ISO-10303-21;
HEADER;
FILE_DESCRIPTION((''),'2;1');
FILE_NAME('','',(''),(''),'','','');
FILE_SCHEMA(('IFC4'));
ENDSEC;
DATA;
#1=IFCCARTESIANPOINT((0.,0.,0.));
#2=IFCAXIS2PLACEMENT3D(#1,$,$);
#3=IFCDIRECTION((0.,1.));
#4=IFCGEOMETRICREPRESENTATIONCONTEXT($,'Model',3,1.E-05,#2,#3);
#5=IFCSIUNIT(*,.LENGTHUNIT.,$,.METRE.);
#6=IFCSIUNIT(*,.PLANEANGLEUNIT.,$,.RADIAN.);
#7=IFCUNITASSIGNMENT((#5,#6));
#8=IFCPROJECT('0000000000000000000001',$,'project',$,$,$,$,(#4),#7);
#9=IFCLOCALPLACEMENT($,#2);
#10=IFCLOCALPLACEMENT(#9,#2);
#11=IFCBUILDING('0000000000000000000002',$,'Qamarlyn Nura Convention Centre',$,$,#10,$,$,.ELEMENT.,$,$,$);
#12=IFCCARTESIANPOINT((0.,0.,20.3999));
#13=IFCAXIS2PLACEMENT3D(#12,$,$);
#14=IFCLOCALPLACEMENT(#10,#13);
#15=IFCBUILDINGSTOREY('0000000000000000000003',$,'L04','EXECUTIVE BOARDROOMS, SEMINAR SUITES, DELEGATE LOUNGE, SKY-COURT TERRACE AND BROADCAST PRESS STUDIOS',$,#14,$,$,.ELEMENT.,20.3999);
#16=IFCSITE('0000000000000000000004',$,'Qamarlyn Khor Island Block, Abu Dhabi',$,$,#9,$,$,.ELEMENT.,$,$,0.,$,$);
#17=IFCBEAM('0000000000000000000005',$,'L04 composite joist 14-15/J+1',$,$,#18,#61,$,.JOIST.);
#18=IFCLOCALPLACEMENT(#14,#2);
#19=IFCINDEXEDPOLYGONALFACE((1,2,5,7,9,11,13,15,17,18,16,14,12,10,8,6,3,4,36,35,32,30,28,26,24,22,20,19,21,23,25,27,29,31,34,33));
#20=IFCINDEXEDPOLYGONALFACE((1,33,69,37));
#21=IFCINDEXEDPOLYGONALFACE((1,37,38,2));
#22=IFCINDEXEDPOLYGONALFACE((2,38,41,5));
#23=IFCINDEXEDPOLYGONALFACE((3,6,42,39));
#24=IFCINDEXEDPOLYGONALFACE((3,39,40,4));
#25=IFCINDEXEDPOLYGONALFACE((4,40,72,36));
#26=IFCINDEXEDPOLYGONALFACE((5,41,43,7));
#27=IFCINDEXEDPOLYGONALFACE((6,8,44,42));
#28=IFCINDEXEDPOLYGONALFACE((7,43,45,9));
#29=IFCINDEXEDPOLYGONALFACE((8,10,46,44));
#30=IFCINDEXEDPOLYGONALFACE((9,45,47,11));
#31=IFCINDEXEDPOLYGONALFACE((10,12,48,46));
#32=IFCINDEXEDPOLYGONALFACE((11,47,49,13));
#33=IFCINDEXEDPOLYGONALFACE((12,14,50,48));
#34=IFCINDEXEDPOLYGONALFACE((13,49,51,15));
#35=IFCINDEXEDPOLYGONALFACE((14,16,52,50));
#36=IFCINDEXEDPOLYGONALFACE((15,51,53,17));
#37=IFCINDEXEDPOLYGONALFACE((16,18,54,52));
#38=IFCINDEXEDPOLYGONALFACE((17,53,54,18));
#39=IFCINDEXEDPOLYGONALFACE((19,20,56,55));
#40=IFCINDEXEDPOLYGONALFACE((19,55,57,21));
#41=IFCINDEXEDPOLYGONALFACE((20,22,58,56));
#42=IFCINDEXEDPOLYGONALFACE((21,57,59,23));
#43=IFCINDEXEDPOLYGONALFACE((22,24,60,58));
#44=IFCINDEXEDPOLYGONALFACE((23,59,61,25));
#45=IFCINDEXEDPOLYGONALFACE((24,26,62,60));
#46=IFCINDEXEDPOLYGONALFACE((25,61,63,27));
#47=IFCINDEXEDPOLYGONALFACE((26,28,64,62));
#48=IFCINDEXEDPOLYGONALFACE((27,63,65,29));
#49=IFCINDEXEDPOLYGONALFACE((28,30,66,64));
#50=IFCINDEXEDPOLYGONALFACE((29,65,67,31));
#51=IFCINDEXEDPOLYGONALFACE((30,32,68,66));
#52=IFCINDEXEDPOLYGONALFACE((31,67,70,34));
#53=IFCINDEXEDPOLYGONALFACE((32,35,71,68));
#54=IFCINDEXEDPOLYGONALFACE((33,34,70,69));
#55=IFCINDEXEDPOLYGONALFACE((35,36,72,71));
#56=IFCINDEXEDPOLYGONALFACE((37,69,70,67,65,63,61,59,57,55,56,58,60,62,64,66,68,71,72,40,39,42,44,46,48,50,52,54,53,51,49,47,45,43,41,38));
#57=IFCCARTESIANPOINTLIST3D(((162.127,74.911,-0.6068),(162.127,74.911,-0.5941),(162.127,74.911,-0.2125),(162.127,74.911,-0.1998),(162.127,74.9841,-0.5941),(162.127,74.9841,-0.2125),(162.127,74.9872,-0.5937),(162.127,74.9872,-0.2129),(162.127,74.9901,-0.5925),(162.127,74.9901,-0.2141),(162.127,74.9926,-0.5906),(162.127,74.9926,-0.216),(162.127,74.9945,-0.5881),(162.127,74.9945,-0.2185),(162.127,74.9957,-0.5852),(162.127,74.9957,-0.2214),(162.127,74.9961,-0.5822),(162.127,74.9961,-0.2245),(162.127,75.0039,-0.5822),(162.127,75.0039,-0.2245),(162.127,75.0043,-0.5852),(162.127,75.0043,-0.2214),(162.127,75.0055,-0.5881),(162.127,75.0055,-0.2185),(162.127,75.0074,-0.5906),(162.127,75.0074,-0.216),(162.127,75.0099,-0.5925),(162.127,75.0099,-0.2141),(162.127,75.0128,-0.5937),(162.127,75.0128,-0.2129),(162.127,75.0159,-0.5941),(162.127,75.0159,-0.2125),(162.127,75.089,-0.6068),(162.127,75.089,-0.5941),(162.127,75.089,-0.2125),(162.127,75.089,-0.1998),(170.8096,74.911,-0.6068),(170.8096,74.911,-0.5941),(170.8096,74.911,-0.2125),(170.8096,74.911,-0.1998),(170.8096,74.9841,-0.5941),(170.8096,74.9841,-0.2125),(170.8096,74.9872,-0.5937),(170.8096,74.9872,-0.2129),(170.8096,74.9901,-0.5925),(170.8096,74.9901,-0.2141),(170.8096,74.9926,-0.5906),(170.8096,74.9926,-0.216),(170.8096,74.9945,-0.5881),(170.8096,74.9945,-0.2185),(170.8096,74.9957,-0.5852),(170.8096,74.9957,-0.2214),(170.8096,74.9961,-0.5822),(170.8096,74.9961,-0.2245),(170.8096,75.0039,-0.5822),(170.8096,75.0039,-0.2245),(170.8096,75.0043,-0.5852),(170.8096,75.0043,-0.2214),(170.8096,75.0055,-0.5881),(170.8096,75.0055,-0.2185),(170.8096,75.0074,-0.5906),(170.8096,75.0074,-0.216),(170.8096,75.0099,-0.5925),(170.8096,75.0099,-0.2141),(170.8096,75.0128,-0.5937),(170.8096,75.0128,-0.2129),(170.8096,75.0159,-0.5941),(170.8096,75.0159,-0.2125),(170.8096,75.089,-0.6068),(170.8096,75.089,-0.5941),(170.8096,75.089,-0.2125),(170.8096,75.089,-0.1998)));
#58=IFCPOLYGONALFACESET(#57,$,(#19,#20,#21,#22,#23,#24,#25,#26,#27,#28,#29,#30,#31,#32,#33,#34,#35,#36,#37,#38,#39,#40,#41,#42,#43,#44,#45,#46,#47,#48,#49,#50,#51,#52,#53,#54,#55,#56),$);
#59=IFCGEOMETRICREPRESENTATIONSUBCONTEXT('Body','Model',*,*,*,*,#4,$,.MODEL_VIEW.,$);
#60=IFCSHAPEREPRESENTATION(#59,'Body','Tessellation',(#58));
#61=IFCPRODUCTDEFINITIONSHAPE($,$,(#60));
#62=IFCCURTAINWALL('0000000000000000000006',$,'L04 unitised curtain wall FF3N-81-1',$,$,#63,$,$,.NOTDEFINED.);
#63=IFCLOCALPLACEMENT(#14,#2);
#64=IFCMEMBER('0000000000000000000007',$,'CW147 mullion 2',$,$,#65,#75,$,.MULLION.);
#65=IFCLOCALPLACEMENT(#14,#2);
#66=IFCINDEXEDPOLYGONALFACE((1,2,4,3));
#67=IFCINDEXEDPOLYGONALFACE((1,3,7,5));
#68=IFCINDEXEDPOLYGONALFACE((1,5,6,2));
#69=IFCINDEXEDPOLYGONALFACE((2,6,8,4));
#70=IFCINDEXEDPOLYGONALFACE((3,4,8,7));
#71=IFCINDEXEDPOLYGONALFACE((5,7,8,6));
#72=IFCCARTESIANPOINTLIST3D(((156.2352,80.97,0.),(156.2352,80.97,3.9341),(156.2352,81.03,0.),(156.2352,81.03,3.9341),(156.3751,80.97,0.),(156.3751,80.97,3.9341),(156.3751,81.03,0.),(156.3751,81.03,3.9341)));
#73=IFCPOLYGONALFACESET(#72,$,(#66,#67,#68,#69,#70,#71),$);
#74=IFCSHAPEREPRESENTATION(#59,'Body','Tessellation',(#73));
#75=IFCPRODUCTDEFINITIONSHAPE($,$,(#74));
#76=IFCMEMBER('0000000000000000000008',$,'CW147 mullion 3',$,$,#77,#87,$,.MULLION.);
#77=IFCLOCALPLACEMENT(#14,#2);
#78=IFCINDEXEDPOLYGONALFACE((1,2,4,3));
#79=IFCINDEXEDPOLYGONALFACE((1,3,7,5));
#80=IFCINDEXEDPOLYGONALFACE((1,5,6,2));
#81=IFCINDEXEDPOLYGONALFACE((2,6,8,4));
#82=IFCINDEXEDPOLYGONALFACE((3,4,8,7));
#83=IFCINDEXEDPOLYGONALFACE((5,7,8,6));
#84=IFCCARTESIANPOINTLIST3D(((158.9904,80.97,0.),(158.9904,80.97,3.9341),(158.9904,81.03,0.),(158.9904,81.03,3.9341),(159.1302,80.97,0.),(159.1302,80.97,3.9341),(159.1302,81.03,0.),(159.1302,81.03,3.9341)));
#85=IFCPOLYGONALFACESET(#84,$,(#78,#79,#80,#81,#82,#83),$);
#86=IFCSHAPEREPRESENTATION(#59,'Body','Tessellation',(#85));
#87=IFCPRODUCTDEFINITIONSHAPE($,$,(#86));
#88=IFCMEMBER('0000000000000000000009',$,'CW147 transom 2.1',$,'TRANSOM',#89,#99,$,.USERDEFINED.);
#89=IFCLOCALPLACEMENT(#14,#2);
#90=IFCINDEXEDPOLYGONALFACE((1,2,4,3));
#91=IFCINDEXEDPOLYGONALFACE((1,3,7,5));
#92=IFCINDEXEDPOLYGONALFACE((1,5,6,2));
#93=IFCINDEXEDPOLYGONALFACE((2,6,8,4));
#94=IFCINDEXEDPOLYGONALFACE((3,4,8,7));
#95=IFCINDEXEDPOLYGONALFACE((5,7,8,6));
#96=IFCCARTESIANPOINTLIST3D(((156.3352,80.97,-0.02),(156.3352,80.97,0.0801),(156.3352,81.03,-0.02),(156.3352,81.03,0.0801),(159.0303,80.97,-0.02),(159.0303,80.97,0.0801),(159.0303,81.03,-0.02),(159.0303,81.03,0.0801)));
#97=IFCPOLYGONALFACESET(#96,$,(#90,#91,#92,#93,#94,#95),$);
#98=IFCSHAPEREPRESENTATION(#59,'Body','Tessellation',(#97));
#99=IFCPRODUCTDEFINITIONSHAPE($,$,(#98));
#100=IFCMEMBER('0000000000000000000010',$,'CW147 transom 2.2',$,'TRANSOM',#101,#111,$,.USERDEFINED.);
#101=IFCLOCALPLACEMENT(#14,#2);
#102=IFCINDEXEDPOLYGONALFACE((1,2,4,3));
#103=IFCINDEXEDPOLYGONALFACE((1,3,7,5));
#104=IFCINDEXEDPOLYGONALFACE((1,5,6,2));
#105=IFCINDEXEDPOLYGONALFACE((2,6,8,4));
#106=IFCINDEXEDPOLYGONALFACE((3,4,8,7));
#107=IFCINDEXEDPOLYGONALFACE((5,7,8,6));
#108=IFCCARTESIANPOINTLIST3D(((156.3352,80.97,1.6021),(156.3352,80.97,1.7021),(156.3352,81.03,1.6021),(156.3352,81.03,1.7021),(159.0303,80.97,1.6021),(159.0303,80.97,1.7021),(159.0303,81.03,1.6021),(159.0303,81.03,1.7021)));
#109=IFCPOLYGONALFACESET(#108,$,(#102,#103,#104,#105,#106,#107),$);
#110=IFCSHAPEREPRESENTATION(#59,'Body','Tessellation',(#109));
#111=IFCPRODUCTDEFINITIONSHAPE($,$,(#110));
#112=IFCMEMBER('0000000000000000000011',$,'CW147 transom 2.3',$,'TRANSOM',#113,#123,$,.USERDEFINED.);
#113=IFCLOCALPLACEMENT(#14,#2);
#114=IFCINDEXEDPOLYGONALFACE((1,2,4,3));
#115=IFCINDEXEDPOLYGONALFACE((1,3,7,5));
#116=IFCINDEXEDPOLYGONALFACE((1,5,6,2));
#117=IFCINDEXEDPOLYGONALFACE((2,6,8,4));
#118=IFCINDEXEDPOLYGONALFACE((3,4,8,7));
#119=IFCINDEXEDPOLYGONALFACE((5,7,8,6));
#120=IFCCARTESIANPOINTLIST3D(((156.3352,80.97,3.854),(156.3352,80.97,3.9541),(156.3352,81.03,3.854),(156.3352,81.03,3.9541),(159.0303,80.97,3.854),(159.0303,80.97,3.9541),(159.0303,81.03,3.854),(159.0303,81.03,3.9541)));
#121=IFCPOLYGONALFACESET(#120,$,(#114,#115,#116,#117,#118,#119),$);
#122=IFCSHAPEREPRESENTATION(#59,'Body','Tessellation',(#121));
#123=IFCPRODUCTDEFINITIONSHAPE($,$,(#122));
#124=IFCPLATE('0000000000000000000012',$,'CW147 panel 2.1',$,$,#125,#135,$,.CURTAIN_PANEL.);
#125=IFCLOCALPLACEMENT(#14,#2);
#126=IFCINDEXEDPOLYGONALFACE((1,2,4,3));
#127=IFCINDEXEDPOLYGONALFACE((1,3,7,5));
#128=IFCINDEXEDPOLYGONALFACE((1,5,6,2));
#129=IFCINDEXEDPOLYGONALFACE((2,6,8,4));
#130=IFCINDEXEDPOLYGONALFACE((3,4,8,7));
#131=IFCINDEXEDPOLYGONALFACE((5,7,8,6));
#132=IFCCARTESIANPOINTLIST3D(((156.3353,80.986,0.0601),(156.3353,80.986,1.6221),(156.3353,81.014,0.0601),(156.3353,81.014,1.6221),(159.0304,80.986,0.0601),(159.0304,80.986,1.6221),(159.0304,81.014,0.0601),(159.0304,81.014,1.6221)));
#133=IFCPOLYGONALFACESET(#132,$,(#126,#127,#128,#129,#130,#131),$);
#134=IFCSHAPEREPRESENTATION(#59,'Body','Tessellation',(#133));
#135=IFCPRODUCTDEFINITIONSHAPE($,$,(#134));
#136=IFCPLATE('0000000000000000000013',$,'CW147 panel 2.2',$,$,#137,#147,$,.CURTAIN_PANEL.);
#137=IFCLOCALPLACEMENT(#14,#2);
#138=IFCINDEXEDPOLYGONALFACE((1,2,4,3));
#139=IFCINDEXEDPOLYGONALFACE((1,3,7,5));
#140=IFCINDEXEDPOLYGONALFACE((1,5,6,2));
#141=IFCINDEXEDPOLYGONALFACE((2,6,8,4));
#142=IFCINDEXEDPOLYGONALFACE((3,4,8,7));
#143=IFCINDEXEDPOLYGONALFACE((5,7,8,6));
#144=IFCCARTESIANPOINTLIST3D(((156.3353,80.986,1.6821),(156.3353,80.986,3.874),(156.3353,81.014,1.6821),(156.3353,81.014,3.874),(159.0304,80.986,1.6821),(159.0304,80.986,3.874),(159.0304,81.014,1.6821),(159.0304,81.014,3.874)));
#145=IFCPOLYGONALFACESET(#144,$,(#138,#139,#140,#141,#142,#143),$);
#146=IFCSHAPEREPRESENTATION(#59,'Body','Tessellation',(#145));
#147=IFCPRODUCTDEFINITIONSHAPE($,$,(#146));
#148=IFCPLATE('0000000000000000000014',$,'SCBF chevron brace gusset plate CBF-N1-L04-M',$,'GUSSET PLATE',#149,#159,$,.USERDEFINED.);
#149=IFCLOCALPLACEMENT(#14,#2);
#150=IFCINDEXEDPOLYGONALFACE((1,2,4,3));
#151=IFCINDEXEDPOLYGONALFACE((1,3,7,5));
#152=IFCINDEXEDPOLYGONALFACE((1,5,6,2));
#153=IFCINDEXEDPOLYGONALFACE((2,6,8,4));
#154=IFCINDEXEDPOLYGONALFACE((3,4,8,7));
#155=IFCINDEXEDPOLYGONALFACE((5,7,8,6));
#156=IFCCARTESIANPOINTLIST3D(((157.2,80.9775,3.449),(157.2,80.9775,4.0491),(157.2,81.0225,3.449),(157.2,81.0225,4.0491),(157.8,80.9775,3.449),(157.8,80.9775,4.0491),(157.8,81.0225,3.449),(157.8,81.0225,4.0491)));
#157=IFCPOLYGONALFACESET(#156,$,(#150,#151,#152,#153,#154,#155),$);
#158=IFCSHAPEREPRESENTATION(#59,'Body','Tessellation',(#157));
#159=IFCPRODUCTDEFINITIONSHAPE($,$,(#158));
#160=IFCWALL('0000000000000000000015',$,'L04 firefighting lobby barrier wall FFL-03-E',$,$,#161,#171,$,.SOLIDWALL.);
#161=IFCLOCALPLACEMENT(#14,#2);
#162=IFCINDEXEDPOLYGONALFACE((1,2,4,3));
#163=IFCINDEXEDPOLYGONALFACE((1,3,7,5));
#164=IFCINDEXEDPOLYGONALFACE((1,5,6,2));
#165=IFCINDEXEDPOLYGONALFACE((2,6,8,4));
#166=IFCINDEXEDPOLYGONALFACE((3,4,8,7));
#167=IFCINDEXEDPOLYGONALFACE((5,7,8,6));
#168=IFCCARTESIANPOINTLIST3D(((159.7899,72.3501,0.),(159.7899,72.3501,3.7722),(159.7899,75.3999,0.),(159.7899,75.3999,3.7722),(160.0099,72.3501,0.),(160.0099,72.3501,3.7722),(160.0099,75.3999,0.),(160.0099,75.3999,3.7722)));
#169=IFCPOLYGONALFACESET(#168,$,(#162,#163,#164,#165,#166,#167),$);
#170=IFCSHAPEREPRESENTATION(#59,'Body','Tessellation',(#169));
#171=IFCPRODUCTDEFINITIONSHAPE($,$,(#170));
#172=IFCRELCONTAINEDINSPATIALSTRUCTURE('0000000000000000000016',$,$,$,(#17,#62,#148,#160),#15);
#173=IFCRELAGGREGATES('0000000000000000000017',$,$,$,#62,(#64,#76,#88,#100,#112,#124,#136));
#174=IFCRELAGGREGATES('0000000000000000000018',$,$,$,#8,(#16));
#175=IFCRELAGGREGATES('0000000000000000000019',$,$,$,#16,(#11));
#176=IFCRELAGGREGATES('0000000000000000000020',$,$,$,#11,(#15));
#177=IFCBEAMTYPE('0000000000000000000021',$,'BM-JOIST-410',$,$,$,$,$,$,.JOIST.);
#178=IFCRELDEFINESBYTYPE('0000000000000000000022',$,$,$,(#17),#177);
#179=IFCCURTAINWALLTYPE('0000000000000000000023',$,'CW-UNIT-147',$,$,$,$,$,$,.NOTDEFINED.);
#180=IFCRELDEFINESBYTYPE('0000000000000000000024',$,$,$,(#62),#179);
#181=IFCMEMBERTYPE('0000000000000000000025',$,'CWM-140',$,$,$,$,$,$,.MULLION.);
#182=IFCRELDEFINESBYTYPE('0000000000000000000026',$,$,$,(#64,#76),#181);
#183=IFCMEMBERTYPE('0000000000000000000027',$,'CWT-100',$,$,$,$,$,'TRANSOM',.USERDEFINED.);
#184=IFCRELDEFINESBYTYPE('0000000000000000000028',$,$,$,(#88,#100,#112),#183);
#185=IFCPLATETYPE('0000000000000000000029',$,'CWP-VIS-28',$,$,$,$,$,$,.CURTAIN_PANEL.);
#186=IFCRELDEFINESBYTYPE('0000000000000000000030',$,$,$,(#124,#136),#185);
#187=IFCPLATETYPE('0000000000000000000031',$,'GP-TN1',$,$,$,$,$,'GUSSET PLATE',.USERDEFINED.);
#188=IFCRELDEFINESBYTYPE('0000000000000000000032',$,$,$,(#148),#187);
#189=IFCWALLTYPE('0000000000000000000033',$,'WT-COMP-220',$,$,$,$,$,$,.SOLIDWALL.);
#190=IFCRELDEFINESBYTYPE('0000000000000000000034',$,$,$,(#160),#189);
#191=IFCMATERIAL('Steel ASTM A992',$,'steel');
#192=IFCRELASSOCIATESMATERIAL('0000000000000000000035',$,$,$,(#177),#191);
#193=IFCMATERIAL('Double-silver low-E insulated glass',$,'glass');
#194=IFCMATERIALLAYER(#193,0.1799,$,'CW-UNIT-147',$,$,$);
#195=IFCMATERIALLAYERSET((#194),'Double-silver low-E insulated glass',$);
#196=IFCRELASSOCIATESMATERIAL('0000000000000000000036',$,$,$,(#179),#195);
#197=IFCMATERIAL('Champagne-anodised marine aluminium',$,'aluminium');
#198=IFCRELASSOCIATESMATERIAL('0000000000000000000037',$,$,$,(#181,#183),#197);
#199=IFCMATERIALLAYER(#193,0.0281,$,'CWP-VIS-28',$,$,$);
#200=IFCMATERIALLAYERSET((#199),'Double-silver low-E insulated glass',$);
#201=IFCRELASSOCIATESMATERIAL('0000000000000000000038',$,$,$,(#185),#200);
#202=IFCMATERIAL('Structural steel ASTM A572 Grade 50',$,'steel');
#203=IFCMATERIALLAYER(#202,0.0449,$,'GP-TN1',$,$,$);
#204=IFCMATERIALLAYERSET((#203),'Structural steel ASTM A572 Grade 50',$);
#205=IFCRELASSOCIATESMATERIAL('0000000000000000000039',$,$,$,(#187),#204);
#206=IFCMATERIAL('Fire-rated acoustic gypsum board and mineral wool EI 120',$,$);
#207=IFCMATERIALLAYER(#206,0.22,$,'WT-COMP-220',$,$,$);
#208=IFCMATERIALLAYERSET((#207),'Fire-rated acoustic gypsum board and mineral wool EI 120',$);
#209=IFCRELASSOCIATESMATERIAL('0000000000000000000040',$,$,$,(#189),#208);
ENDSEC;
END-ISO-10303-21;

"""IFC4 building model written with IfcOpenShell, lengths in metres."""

from ifc_helpers import new_model, si_unit, direction, frame, frame_2d, origin, origin_2d, place, context, subcontext, project, spatial, rectangle, i_section, extrude, material, layer, layer_set, material_profile, profile_set, type_object, element, aggregate, save


model = new_model("IFC4")

# Units and contexts
model_context = context("Model", 3, precision=1e-05, world=origin(), true_north=direction((0.0, 1.0)))
body_context = subcontext(model_context, "Body", "Model", "MODEL_VIEW")
ifc_project = project(units=[si_unit("LENGTHUNIT", "METRE"), si_unit("PLANEANGLEUNIT", "RADIAN")], contexts=[model_context])

# Site, building, storey
site_placement = place(None, origin())
site = spatial("IfcSite", under=ifc_project, at=site_placement, Name="Qamarlyn Khor Island Block, Abu Dhabi", CompositionType="ELEMENT", RefElevation=0.0)
building_placement = place(site_placement, origin())
building = spatial("IfcBuilding", under=site, at=building_placement, Name="Qamarlyn Nura Convention Centre", CompositionType="ELEMENT")
storey_placement = place(building_placement, frame((0.0, 0.0, 20.3999)))
storey = spatial("IfcBuildingStorey", under=building, at=storey_placement, Name="L04", Description="EXECUTIVE BOARDROOMS, SEMINAR SUITES, DELEGATE LOUNGE, SKY-COURT TERRACE AND BROADCAST PRESS STUDIOS", CompositionType="ELEMENT", Elevation=20.3999)

# Shared definitions
ifc_material_1 = material(Name="Steel ASTM A992", Category="steel")

# Beam
ifc_material_profile_1 = material_profile(ifc_material_1, i_section(OverallWidth=0.178, OverallDepth=0.407, WebThickness=0.0078, FlangeThickness=0.0127, FilletRadius=0.012, at=origin_2d()), Name="W410X60")
ifc_profile_set_1 = profile_set([ifc_material_profile_1], Name="Steel ASTM A992")
beam_type_1 = type_object("IfcBeamType", Name="BM-JOIST-410", PredefinedType="JOIST", material=ifc_profile_set_1)
beam_1_placement = place(storey_placement, frame((162.127, 75.0, -0.4033), z_axis=(1.0, 0.0, 0.0), x_axis=(0.0, 1.0, 0.0)))
element("IfcBeam", 1, at=beam_1_placement, inside=storey, type_object=beam_type_1, Name="L04 composite joist 14-15/J+1", PredefinedType="JOIST", context=body_context, shape_type="SweptSolid", body=[
    extrude(i_section(OverallWidth=0.178, OverallDepth=0.407, WebThickness=0.0078, FlangeThickness=0.0127, FilletRadius=0.012, at=origin_2d()), origin(), (0.0, 0.0, 1.0), 8.6826),
])

# Curtain wall, members, plates
ifc_material_2 = material(Name="Double-silver low-E insulated glass", Category="glass")
ifc_layer_1 = layer(ifc_material_2, 0.1799, Name="CW-UNIT-147")
ifc_layer_set_1 = layer_set([ifc_layer_1], Name="Double-silver low-E insulated glass")
curtain_wall_type = type_object("IfcCurtainWallType", Name="CW-UNIT-147", PredefinedType="NOTDEFINED", material=ifc_layer_set_1)
curtain_wall_placement = place(storey_placement, origin())
curtain_wall = element("IfcCurtainWall", 2, at=curtain_wall_placement, inside=storey, type_object=curtain_wall_type, Name="L04 unitised curtain wall FF3N-81-1", PredefinedType="NOTDEFINED")
ifc_material_3 = material(Name="Champagne-anodised marine aluminium", Category="aluminium")
ifc_material_profile_2 = material_profile(ifc_material_3, rectangle(XDim=0.0601, YDim=0.1399, at=origin_2d()), Name="ALU MULLION 60x140")
ifc_profile_set_2 = profile_set([ifc_material_profile_2], Name="Champagne-anodised marine aluminium")
member_type_1 = type_object("IfcMemberType", Name="CWM-140", PredefinedType="MULLION", material=ifc_profile_set_2)
member_1_placement = place(storey_placement, frame((156.3052, 81.0, 0.0), z_axis=(0.0, 0.0, 1.0), x_axis=(0.0, 1.0, 0.0)))
member_1 = element("IfcMember", 3, at=member_1_placement, type_object=member_type_1, Name="CW147 mullion 2", PredefinedType="MULLION", context=body_context, shape_type="SweptSolid", body=[
    extrude(rectangle(XDim=0.0601, YDim=0.1399, at=origin_2d()), origin(), (0.0, 0.0, 1.0), 3.9341),
])
member_2_placement = place(storey_placement, frame((159.0603, 81.0, 0.0), z_axis=(0.0, 0.0, 1.0), x_axis=(0.0, 1.0, 0.0)))
member_2 = element("IfcMember", 4, at=member_2_placement, type_object=member_type_1, Name="CW147 mullion 3", PredefinedType="MULLION", context=body_context, shape_type="SweptSolid", body=[
    extrude(rectangle(XDim=0.0601, YDim=0.1399, at=origin_2d()), origin(), (0.0, 0.0, 1.0), 3.9341),
])
ifc_material_profile_3 = material_profile(ifc_material_3, rectangle(XDim=0.0601, YDim=0.1001, at=origin_2d()), Name="ALU TRANSOM 60x100")
ifc_profile_set_3 = profile_set([ifc_material_profile_3], Name="Champagne-anodised marine aluminium")
member_type_2 = type_object("IfcMemberType", Name="CWT-100", ElementType="TRANSOM", PredefinedType="USERDEFINED", material=ifc_profile_set_3)
member_3_placement = place(storey_placement, frame((156.3352, 81.0, 0.03), z_axis=(1.0, 0.0, 0.0), x_axis=(0.0, 1.0, 0.0)))
member_3 = element("IfcMember", 5, at=member_3_placement, type_object=member_type_2, Name="CW147 transom 2.1", ObjectType="TRANSOM", PredefinedType="USERDEFINED", context=body_context, shape_type="SweptSolid", body=[
    extrude(rectangle(XDim=0.0601, YDim=0.1001, at=origin_2d()), origin(), (0.0, 0.0, 1.0), 2.6951),
])
member_4_placement = place(storey_placement, frame((156.3352, 81.0, 1.6521), z_axis=(1.0, 0.0, 0.0), x_axis=(0.0, 1.0, 0.0)))
member_4 = element("IfcMember", 6, at=member_4_placement, type_object=member_type_2, Name="CW147 transom 2.2", ObjectType="TRANSOM", PredefinedType="USERDEFINED", context=body_context, shape_type="SweptSolid", body=[
    extrude(rectangle(XDim=0.0601, YDim=0.1001, at=origin_2d()), origin(), (0.0, 0.0, 1.0), 2.6951),
])
member_5_placement = place(storey_placement, frame((156.3352, 81.0, 3.9041), z_axis=(1.0, 0.0, 0.0), x_axis=(0.0, 1.0, 0.0)))
member_5 = element("IfcMember", 7, at=member_5_placement, type_object=member_type_2, Name="CW147 transom 2.3", ObjectType="TRANSOM", PredefinedType="USERDEFINED", context=body_context, shape_type="SweptSolid", body=[
    extrude(rectangle(XDim=0.0601, YDim=0.1001, at=origin_2d()), origin(), (0.0, 0.0, 1.0), 2.6951),
])
ifc_layer_2 = layer(ifc_material_2, 0.0281, Name="CWP-VIS-28")
ifc_layer_set_2 = layer_set([ifc_layer_2], Name="Double-silver low-E insulated glass")
plate_type_1 = type_object("IfcPlateType", Name="CWP-VIS-28", PredefinedType="CURTAIN_PANEL", material=ifc_layer_set_2)
plate_1_placement = place(storey_placement, frame((157.6829, 81.0, 0.0601), z_axis=(0.0, 0.0, 1.0), x_axis=(1.0, 0.0, 0.0)))
plate_1 = element("IfcPlate", 8, at=plate_1_placement, type_object=plate_type_1, Name="CW147 panel 2.1", PredefinedType="CURTAIN_PANEL", context=body_context, shape_type="SweptSolid", body=[
    extrude(rectangle(XDim=2.6951, YDim=0.0281, at=origin_2d()), origin(), (0.0, 0.0, 1.0), 1.562),
])
plate_2_placement = place(storey_placement, frame((157.6829, 81.0, 1.6821), z_axis=(0.0, 0.0, 1.0), x_axis=(1.0, 0.0, 0.0)))
plate_2 = element("IfcPlate", 9, at=plate_2_placement, type_object=plate_type_1, Name="CW147 panel 2.2", PredefinedType="CURTAIN_PANEL", context=body_context, shape_type="SweptSolid", body=[
    extrude(rectangle(XDim=2.6951, YDim=0.0281, at=origin_2d()), origin(), (0.0, 0.0, 1.0), 2.1919),
])
aggregate(curtain_wall, [member_1, member_2, member_3, member_4, member_5, plate_1, plate_2])

# Plate
ifc_material_4 = material(Name="Structural steel ASTM A572 Grade 50", Category="steel")
ifc_layer_3 = layer(ifc_material_4, 0.0449, Name="GP-TN1")
ifc_layer_set_3 = layer_set([ifc_layer_3], Name="Structural steel ASTM A572 Grade 50")
plate_type_2 = type_object("IfcPlateType", Name="GP-TN1", ElementType="GUSSET PLATE", PredefinedType="USERDEFINED", material=ifc_layer_set_3)
plate_3_placement = place(storey_placement, frame((157.5, 81.0, 3.449), z_axis=(0.0, 0.0, 1.0), x_axis=(1.0, 0.0, 0.0)))
element("IfcPlate", 10, at=plate_3_placement, inside=storey, type_object=plate_type_2, Name="SCBF chevron brace gusset plate CBF-N1-L04-M", ObjectType="GUSSET PLATE", PredefinedType="USERDEFINED", context=body_context, shape_type="SweptSolid", body=[
    extrude(rectangle(XDim=0.6001, YDim=0.0449, at=origin_2d()), origin(), (0.0, 0.0, 1.0), 0.6001),
])

# Wall
ifc_material_5 = material(Name="Fire-rated acoustic gypsum board and mineral wool EI 120")
ifc_layer_4 = layer(ifc_material_5, 0.22, Name="WT-COMP-220")
ifc_layer_set_4 = layer_set([ifc_layer_4], Name="Fire-rated acoustic gypsum board and mineral wool EI 120")
wall_type_1 = type_object("IfcWallType", Name="WT-COMP-220", PredefinedType="SOLIDWALL", material=ifc_layer_set_4)
wall_1_placement = place(storey_placement, frame((159.8999, 72.3501, 0.0), z_axis=(0.0, 0.0, 1.0), x_axis=(0.0, 1.0, 0.0)))
element("IfcWall", 11, at=wall_1_placement, inside=storey, type_object=wall_type_1, Name="L04 firefighting lobby barrier wall FFL-03-E", PredefinedType="SOLIDWALL", context=body_context, shape_type="SweptSolid", body=[
    extrude(rectangle(XDim=3.0498, YDim=0.22, at=frame_2d((1.5249, 0.0))), origin(), (0.0, 0.0, 1.0), 3.7722),
])

save(model, "model.ifc")
